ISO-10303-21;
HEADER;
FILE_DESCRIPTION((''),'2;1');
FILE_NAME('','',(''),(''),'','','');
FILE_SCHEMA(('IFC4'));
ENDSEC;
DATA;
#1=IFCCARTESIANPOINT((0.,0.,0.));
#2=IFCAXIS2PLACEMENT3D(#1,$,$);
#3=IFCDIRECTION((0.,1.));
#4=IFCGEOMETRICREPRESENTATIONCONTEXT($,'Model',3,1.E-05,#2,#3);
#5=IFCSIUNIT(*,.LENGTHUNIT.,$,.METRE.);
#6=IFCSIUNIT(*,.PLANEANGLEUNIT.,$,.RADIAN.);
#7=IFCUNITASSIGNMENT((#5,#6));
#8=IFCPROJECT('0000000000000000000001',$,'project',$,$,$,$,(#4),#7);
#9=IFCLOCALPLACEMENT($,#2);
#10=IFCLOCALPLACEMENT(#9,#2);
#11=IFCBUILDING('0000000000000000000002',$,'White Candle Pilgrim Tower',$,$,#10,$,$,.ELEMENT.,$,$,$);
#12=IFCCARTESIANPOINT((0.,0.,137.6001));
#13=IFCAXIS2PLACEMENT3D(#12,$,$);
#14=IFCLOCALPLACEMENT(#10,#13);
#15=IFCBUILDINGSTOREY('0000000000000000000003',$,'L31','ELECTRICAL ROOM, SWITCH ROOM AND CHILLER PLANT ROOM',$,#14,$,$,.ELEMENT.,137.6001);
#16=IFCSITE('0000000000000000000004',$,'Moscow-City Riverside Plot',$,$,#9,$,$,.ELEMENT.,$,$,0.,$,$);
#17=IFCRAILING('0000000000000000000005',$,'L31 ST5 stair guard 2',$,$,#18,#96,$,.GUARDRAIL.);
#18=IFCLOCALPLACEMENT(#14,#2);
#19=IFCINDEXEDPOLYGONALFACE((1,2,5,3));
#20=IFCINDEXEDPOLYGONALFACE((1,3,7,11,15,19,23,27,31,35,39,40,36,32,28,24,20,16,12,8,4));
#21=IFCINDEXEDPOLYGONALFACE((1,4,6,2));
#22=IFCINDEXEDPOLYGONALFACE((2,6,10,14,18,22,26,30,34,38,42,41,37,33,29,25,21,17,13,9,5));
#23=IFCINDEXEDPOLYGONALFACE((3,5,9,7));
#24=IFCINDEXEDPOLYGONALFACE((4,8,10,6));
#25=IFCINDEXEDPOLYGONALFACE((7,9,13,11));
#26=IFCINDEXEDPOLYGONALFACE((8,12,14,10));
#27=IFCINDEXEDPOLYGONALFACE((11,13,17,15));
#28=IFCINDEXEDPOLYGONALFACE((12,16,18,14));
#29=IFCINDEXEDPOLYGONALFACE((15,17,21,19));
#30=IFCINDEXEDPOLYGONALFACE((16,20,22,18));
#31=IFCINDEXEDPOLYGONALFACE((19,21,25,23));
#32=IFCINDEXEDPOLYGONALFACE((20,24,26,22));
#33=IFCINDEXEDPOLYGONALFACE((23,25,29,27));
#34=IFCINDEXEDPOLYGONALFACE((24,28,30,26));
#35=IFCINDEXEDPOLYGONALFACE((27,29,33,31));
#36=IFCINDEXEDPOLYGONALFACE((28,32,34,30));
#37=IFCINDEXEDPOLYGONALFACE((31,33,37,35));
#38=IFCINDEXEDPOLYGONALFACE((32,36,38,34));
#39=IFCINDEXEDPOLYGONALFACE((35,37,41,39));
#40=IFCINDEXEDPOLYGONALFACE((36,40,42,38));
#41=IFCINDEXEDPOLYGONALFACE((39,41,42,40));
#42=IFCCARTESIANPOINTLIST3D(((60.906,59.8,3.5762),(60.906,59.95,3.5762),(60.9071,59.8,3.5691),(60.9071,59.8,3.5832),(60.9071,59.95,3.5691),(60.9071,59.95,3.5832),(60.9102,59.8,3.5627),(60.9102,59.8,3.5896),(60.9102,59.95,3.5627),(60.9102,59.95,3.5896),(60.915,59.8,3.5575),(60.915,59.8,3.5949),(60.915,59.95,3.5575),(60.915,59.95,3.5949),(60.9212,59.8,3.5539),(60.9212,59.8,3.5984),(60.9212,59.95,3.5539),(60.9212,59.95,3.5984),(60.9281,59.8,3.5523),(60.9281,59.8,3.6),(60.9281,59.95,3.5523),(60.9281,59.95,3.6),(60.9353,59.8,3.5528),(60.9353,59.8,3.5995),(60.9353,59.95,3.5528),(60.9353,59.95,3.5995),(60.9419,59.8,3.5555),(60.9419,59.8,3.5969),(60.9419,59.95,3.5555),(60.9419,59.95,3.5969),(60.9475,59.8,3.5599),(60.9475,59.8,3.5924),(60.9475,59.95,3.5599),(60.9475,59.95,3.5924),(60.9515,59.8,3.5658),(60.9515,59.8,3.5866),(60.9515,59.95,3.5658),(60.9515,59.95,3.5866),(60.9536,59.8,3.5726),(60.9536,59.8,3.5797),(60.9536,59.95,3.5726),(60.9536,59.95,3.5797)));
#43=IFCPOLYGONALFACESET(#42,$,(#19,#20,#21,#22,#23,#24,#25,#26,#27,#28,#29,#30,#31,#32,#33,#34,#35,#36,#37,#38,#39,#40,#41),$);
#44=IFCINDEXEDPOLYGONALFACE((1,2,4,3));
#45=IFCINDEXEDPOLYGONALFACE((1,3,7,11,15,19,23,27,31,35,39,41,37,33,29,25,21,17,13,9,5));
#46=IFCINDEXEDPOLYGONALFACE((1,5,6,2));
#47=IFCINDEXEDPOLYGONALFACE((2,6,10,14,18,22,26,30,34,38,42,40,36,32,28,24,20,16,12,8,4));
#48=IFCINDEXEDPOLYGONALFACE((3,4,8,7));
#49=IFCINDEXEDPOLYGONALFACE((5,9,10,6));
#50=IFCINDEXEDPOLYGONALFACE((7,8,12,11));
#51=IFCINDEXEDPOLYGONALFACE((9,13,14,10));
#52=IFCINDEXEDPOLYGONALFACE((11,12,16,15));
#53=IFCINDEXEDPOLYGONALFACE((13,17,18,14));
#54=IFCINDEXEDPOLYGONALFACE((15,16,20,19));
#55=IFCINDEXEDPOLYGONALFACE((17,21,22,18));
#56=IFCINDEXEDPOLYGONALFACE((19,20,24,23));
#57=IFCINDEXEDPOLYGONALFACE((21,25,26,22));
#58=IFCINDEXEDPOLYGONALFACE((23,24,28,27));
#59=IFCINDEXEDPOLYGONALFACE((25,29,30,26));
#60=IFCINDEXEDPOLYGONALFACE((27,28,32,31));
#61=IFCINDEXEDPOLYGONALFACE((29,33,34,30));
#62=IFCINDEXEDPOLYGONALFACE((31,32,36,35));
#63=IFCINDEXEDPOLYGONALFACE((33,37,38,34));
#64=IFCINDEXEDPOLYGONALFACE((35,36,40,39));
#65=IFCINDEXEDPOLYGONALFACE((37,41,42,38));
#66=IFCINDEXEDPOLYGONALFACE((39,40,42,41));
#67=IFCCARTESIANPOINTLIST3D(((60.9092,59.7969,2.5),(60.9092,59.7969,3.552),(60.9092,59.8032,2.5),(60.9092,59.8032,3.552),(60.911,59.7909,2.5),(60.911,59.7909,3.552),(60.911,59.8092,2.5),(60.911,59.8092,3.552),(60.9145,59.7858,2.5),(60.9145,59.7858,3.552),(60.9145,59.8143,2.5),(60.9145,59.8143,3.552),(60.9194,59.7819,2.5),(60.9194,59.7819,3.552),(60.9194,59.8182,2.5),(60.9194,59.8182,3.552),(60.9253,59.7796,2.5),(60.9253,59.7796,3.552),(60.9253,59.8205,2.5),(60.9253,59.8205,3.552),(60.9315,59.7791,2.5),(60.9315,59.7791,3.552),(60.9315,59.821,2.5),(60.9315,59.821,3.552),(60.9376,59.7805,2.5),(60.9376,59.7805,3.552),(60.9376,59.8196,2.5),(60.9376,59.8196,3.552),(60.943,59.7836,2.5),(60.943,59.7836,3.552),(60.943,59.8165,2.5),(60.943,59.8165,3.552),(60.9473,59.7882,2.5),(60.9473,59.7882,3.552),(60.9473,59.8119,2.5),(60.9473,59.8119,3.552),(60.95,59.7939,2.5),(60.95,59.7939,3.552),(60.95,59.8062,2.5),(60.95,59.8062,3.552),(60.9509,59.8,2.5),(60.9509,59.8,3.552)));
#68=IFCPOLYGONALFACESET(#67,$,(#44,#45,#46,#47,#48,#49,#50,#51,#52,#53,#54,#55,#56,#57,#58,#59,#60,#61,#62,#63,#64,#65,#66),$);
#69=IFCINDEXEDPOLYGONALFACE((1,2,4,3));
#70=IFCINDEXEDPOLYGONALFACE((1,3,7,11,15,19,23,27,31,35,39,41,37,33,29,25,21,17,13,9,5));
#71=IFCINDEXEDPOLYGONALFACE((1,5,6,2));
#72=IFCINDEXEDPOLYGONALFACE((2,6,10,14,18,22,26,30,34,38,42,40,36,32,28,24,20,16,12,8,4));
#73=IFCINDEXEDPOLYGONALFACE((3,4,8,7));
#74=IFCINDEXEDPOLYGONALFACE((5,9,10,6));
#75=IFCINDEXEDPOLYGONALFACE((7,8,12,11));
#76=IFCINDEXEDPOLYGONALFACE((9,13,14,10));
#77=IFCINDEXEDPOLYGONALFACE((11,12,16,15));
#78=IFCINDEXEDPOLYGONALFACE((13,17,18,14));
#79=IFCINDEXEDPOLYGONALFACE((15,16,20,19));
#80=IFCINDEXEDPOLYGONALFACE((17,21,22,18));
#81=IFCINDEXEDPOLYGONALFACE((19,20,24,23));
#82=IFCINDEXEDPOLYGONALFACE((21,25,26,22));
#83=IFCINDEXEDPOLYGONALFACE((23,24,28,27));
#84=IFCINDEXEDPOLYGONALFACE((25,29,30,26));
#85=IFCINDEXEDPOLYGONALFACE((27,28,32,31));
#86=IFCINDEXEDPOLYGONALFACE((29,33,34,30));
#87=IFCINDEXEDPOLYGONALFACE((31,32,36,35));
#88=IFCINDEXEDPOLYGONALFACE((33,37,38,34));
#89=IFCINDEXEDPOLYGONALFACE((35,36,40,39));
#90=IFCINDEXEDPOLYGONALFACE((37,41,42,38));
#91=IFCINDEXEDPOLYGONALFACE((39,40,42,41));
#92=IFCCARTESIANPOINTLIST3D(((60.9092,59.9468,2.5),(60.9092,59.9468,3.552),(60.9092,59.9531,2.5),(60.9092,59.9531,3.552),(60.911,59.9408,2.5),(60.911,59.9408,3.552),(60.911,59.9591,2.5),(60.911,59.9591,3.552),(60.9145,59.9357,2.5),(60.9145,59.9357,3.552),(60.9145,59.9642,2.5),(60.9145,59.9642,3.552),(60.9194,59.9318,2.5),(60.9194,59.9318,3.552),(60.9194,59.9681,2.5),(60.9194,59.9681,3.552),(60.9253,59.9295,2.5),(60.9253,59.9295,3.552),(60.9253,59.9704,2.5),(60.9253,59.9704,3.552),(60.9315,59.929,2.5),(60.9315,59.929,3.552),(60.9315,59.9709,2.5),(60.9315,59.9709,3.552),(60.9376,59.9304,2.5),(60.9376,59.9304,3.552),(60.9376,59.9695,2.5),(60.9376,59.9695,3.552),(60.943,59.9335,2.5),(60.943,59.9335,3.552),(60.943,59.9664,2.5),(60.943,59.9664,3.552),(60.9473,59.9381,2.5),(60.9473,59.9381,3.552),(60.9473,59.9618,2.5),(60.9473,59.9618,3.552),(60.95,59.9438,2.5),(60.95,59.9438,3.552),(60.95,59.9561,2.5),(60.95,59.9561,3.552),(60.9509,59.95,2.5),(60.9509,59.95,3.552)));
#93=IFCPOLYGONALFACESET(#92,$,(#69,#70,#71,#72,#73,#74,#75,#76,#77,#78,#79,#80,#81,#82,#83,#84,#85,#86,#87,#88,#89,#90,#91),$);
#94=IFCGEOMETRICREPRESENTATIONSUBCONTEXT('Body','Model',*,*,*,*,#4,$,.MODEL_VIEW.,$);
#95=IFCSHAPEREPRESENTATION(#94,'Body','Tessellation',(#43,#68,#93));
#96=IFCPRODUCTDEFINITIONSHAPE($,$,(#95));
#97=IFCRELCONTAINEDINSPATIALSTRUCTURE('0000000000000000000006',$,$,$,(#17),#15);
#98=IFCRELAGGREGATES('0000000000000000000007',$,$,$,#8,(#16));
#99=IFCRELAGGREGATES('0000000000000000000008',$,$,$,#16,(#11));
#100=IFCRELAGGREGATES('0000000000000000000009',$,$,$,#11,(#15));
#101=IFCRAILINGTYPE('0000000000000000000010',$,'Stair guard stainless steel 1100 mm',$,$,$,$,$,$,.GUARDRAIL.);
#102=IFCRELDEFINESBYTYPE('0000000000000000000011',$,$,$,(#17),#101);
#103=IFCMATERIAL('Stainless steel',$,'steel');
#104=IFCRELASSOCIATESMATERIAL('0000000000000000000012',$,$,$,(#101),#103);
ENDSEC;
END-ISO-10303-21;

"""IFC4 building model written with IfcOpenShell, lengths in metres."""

from ifc_helpers import new_model, si_unit, direction, frame, origin, origin_2d, place, context, subcontext, project, spatial, circle, extrude, material, type_object, element, save


model = new_model("IFC4")

# Units and contexts
model_context = context("Model", 3, precision=1e-05, world=origin(), true_north=direction((0.0, 1.0)))
body_context = subcontext(model_context, "Body", "Model", "MODEL_VIEW")
ifc_project = project(units=[si_unit("LENGTHUNIT", "METRE"), si_unit("PLANEANGLEUNIT", "RADIAN")], contexts=[model_context])

# Site, building, storey
site_placement = place(None, origin())
site = spatial("IfcSite", under=ifc_project, at=site_placement, Name="Moscow-City Riverside Plot", CompositionType="ELEMENT", RefElevation=0.0)
building_placement = place(site_placement, origin())
building = spatial("IfcBuilding", under=site, at=building_placement, Name="White Candle Pilgrim Tower", CompositionType="ELEMENT")
storey_placement = place(building_placement, frame((0.0, 0.0, 137.6001)))
storey = spatial("IfcBuildingStorey", under=building, at=storey_placement, Name="L31", Description="ELECTRICAL ROOM, SWITCH ROOM AND CHILLER PLANT ROOM", CompositionType="ELEMENT", Elevation=137.6001)

# Railing
ifc_material_1 = material(Name="Stainless steel", Category="steel")
railing_type_1 = type_object("IfcRailingType", Name="Stair guard stainless steel 1100 mm", PredefinedType="GUARDRAIL", material=ifc_material_1)
railing_1_placement = place(storey_placement, frame((60.9299, 59.8, 2.5)))
element("IfcRailing", 1, at=railing_1_placement, inside=storey, type_object=railing_type_1, Name="L31 ST5 stair guard 2", PredefinedType="GUARDRAIL", context=body_context, shape_type="SweptSolid", body=[
    extrude(circle(Radius=0.0239, at=origin_2d()), frame((0.0, 0.0, 1.0762), z_axis=(0.0, 1.0, 0.0), x_axis=(-1.0, 0.0, 0.0)), (0.0, 0.0, 1.0), 0.1499),
    extrude(circle(Radius=0.021, at=origin_2d()), origin(), (0.0, 0.0, 1.0), 1.052),
    extrude(circle(Radius=0.021, at=origin_2d()), frame((0.0, 0.1499, 0.0)), (0.0, 0.0, 1.0), 1.052),
])

save(model, "model.ifc")
